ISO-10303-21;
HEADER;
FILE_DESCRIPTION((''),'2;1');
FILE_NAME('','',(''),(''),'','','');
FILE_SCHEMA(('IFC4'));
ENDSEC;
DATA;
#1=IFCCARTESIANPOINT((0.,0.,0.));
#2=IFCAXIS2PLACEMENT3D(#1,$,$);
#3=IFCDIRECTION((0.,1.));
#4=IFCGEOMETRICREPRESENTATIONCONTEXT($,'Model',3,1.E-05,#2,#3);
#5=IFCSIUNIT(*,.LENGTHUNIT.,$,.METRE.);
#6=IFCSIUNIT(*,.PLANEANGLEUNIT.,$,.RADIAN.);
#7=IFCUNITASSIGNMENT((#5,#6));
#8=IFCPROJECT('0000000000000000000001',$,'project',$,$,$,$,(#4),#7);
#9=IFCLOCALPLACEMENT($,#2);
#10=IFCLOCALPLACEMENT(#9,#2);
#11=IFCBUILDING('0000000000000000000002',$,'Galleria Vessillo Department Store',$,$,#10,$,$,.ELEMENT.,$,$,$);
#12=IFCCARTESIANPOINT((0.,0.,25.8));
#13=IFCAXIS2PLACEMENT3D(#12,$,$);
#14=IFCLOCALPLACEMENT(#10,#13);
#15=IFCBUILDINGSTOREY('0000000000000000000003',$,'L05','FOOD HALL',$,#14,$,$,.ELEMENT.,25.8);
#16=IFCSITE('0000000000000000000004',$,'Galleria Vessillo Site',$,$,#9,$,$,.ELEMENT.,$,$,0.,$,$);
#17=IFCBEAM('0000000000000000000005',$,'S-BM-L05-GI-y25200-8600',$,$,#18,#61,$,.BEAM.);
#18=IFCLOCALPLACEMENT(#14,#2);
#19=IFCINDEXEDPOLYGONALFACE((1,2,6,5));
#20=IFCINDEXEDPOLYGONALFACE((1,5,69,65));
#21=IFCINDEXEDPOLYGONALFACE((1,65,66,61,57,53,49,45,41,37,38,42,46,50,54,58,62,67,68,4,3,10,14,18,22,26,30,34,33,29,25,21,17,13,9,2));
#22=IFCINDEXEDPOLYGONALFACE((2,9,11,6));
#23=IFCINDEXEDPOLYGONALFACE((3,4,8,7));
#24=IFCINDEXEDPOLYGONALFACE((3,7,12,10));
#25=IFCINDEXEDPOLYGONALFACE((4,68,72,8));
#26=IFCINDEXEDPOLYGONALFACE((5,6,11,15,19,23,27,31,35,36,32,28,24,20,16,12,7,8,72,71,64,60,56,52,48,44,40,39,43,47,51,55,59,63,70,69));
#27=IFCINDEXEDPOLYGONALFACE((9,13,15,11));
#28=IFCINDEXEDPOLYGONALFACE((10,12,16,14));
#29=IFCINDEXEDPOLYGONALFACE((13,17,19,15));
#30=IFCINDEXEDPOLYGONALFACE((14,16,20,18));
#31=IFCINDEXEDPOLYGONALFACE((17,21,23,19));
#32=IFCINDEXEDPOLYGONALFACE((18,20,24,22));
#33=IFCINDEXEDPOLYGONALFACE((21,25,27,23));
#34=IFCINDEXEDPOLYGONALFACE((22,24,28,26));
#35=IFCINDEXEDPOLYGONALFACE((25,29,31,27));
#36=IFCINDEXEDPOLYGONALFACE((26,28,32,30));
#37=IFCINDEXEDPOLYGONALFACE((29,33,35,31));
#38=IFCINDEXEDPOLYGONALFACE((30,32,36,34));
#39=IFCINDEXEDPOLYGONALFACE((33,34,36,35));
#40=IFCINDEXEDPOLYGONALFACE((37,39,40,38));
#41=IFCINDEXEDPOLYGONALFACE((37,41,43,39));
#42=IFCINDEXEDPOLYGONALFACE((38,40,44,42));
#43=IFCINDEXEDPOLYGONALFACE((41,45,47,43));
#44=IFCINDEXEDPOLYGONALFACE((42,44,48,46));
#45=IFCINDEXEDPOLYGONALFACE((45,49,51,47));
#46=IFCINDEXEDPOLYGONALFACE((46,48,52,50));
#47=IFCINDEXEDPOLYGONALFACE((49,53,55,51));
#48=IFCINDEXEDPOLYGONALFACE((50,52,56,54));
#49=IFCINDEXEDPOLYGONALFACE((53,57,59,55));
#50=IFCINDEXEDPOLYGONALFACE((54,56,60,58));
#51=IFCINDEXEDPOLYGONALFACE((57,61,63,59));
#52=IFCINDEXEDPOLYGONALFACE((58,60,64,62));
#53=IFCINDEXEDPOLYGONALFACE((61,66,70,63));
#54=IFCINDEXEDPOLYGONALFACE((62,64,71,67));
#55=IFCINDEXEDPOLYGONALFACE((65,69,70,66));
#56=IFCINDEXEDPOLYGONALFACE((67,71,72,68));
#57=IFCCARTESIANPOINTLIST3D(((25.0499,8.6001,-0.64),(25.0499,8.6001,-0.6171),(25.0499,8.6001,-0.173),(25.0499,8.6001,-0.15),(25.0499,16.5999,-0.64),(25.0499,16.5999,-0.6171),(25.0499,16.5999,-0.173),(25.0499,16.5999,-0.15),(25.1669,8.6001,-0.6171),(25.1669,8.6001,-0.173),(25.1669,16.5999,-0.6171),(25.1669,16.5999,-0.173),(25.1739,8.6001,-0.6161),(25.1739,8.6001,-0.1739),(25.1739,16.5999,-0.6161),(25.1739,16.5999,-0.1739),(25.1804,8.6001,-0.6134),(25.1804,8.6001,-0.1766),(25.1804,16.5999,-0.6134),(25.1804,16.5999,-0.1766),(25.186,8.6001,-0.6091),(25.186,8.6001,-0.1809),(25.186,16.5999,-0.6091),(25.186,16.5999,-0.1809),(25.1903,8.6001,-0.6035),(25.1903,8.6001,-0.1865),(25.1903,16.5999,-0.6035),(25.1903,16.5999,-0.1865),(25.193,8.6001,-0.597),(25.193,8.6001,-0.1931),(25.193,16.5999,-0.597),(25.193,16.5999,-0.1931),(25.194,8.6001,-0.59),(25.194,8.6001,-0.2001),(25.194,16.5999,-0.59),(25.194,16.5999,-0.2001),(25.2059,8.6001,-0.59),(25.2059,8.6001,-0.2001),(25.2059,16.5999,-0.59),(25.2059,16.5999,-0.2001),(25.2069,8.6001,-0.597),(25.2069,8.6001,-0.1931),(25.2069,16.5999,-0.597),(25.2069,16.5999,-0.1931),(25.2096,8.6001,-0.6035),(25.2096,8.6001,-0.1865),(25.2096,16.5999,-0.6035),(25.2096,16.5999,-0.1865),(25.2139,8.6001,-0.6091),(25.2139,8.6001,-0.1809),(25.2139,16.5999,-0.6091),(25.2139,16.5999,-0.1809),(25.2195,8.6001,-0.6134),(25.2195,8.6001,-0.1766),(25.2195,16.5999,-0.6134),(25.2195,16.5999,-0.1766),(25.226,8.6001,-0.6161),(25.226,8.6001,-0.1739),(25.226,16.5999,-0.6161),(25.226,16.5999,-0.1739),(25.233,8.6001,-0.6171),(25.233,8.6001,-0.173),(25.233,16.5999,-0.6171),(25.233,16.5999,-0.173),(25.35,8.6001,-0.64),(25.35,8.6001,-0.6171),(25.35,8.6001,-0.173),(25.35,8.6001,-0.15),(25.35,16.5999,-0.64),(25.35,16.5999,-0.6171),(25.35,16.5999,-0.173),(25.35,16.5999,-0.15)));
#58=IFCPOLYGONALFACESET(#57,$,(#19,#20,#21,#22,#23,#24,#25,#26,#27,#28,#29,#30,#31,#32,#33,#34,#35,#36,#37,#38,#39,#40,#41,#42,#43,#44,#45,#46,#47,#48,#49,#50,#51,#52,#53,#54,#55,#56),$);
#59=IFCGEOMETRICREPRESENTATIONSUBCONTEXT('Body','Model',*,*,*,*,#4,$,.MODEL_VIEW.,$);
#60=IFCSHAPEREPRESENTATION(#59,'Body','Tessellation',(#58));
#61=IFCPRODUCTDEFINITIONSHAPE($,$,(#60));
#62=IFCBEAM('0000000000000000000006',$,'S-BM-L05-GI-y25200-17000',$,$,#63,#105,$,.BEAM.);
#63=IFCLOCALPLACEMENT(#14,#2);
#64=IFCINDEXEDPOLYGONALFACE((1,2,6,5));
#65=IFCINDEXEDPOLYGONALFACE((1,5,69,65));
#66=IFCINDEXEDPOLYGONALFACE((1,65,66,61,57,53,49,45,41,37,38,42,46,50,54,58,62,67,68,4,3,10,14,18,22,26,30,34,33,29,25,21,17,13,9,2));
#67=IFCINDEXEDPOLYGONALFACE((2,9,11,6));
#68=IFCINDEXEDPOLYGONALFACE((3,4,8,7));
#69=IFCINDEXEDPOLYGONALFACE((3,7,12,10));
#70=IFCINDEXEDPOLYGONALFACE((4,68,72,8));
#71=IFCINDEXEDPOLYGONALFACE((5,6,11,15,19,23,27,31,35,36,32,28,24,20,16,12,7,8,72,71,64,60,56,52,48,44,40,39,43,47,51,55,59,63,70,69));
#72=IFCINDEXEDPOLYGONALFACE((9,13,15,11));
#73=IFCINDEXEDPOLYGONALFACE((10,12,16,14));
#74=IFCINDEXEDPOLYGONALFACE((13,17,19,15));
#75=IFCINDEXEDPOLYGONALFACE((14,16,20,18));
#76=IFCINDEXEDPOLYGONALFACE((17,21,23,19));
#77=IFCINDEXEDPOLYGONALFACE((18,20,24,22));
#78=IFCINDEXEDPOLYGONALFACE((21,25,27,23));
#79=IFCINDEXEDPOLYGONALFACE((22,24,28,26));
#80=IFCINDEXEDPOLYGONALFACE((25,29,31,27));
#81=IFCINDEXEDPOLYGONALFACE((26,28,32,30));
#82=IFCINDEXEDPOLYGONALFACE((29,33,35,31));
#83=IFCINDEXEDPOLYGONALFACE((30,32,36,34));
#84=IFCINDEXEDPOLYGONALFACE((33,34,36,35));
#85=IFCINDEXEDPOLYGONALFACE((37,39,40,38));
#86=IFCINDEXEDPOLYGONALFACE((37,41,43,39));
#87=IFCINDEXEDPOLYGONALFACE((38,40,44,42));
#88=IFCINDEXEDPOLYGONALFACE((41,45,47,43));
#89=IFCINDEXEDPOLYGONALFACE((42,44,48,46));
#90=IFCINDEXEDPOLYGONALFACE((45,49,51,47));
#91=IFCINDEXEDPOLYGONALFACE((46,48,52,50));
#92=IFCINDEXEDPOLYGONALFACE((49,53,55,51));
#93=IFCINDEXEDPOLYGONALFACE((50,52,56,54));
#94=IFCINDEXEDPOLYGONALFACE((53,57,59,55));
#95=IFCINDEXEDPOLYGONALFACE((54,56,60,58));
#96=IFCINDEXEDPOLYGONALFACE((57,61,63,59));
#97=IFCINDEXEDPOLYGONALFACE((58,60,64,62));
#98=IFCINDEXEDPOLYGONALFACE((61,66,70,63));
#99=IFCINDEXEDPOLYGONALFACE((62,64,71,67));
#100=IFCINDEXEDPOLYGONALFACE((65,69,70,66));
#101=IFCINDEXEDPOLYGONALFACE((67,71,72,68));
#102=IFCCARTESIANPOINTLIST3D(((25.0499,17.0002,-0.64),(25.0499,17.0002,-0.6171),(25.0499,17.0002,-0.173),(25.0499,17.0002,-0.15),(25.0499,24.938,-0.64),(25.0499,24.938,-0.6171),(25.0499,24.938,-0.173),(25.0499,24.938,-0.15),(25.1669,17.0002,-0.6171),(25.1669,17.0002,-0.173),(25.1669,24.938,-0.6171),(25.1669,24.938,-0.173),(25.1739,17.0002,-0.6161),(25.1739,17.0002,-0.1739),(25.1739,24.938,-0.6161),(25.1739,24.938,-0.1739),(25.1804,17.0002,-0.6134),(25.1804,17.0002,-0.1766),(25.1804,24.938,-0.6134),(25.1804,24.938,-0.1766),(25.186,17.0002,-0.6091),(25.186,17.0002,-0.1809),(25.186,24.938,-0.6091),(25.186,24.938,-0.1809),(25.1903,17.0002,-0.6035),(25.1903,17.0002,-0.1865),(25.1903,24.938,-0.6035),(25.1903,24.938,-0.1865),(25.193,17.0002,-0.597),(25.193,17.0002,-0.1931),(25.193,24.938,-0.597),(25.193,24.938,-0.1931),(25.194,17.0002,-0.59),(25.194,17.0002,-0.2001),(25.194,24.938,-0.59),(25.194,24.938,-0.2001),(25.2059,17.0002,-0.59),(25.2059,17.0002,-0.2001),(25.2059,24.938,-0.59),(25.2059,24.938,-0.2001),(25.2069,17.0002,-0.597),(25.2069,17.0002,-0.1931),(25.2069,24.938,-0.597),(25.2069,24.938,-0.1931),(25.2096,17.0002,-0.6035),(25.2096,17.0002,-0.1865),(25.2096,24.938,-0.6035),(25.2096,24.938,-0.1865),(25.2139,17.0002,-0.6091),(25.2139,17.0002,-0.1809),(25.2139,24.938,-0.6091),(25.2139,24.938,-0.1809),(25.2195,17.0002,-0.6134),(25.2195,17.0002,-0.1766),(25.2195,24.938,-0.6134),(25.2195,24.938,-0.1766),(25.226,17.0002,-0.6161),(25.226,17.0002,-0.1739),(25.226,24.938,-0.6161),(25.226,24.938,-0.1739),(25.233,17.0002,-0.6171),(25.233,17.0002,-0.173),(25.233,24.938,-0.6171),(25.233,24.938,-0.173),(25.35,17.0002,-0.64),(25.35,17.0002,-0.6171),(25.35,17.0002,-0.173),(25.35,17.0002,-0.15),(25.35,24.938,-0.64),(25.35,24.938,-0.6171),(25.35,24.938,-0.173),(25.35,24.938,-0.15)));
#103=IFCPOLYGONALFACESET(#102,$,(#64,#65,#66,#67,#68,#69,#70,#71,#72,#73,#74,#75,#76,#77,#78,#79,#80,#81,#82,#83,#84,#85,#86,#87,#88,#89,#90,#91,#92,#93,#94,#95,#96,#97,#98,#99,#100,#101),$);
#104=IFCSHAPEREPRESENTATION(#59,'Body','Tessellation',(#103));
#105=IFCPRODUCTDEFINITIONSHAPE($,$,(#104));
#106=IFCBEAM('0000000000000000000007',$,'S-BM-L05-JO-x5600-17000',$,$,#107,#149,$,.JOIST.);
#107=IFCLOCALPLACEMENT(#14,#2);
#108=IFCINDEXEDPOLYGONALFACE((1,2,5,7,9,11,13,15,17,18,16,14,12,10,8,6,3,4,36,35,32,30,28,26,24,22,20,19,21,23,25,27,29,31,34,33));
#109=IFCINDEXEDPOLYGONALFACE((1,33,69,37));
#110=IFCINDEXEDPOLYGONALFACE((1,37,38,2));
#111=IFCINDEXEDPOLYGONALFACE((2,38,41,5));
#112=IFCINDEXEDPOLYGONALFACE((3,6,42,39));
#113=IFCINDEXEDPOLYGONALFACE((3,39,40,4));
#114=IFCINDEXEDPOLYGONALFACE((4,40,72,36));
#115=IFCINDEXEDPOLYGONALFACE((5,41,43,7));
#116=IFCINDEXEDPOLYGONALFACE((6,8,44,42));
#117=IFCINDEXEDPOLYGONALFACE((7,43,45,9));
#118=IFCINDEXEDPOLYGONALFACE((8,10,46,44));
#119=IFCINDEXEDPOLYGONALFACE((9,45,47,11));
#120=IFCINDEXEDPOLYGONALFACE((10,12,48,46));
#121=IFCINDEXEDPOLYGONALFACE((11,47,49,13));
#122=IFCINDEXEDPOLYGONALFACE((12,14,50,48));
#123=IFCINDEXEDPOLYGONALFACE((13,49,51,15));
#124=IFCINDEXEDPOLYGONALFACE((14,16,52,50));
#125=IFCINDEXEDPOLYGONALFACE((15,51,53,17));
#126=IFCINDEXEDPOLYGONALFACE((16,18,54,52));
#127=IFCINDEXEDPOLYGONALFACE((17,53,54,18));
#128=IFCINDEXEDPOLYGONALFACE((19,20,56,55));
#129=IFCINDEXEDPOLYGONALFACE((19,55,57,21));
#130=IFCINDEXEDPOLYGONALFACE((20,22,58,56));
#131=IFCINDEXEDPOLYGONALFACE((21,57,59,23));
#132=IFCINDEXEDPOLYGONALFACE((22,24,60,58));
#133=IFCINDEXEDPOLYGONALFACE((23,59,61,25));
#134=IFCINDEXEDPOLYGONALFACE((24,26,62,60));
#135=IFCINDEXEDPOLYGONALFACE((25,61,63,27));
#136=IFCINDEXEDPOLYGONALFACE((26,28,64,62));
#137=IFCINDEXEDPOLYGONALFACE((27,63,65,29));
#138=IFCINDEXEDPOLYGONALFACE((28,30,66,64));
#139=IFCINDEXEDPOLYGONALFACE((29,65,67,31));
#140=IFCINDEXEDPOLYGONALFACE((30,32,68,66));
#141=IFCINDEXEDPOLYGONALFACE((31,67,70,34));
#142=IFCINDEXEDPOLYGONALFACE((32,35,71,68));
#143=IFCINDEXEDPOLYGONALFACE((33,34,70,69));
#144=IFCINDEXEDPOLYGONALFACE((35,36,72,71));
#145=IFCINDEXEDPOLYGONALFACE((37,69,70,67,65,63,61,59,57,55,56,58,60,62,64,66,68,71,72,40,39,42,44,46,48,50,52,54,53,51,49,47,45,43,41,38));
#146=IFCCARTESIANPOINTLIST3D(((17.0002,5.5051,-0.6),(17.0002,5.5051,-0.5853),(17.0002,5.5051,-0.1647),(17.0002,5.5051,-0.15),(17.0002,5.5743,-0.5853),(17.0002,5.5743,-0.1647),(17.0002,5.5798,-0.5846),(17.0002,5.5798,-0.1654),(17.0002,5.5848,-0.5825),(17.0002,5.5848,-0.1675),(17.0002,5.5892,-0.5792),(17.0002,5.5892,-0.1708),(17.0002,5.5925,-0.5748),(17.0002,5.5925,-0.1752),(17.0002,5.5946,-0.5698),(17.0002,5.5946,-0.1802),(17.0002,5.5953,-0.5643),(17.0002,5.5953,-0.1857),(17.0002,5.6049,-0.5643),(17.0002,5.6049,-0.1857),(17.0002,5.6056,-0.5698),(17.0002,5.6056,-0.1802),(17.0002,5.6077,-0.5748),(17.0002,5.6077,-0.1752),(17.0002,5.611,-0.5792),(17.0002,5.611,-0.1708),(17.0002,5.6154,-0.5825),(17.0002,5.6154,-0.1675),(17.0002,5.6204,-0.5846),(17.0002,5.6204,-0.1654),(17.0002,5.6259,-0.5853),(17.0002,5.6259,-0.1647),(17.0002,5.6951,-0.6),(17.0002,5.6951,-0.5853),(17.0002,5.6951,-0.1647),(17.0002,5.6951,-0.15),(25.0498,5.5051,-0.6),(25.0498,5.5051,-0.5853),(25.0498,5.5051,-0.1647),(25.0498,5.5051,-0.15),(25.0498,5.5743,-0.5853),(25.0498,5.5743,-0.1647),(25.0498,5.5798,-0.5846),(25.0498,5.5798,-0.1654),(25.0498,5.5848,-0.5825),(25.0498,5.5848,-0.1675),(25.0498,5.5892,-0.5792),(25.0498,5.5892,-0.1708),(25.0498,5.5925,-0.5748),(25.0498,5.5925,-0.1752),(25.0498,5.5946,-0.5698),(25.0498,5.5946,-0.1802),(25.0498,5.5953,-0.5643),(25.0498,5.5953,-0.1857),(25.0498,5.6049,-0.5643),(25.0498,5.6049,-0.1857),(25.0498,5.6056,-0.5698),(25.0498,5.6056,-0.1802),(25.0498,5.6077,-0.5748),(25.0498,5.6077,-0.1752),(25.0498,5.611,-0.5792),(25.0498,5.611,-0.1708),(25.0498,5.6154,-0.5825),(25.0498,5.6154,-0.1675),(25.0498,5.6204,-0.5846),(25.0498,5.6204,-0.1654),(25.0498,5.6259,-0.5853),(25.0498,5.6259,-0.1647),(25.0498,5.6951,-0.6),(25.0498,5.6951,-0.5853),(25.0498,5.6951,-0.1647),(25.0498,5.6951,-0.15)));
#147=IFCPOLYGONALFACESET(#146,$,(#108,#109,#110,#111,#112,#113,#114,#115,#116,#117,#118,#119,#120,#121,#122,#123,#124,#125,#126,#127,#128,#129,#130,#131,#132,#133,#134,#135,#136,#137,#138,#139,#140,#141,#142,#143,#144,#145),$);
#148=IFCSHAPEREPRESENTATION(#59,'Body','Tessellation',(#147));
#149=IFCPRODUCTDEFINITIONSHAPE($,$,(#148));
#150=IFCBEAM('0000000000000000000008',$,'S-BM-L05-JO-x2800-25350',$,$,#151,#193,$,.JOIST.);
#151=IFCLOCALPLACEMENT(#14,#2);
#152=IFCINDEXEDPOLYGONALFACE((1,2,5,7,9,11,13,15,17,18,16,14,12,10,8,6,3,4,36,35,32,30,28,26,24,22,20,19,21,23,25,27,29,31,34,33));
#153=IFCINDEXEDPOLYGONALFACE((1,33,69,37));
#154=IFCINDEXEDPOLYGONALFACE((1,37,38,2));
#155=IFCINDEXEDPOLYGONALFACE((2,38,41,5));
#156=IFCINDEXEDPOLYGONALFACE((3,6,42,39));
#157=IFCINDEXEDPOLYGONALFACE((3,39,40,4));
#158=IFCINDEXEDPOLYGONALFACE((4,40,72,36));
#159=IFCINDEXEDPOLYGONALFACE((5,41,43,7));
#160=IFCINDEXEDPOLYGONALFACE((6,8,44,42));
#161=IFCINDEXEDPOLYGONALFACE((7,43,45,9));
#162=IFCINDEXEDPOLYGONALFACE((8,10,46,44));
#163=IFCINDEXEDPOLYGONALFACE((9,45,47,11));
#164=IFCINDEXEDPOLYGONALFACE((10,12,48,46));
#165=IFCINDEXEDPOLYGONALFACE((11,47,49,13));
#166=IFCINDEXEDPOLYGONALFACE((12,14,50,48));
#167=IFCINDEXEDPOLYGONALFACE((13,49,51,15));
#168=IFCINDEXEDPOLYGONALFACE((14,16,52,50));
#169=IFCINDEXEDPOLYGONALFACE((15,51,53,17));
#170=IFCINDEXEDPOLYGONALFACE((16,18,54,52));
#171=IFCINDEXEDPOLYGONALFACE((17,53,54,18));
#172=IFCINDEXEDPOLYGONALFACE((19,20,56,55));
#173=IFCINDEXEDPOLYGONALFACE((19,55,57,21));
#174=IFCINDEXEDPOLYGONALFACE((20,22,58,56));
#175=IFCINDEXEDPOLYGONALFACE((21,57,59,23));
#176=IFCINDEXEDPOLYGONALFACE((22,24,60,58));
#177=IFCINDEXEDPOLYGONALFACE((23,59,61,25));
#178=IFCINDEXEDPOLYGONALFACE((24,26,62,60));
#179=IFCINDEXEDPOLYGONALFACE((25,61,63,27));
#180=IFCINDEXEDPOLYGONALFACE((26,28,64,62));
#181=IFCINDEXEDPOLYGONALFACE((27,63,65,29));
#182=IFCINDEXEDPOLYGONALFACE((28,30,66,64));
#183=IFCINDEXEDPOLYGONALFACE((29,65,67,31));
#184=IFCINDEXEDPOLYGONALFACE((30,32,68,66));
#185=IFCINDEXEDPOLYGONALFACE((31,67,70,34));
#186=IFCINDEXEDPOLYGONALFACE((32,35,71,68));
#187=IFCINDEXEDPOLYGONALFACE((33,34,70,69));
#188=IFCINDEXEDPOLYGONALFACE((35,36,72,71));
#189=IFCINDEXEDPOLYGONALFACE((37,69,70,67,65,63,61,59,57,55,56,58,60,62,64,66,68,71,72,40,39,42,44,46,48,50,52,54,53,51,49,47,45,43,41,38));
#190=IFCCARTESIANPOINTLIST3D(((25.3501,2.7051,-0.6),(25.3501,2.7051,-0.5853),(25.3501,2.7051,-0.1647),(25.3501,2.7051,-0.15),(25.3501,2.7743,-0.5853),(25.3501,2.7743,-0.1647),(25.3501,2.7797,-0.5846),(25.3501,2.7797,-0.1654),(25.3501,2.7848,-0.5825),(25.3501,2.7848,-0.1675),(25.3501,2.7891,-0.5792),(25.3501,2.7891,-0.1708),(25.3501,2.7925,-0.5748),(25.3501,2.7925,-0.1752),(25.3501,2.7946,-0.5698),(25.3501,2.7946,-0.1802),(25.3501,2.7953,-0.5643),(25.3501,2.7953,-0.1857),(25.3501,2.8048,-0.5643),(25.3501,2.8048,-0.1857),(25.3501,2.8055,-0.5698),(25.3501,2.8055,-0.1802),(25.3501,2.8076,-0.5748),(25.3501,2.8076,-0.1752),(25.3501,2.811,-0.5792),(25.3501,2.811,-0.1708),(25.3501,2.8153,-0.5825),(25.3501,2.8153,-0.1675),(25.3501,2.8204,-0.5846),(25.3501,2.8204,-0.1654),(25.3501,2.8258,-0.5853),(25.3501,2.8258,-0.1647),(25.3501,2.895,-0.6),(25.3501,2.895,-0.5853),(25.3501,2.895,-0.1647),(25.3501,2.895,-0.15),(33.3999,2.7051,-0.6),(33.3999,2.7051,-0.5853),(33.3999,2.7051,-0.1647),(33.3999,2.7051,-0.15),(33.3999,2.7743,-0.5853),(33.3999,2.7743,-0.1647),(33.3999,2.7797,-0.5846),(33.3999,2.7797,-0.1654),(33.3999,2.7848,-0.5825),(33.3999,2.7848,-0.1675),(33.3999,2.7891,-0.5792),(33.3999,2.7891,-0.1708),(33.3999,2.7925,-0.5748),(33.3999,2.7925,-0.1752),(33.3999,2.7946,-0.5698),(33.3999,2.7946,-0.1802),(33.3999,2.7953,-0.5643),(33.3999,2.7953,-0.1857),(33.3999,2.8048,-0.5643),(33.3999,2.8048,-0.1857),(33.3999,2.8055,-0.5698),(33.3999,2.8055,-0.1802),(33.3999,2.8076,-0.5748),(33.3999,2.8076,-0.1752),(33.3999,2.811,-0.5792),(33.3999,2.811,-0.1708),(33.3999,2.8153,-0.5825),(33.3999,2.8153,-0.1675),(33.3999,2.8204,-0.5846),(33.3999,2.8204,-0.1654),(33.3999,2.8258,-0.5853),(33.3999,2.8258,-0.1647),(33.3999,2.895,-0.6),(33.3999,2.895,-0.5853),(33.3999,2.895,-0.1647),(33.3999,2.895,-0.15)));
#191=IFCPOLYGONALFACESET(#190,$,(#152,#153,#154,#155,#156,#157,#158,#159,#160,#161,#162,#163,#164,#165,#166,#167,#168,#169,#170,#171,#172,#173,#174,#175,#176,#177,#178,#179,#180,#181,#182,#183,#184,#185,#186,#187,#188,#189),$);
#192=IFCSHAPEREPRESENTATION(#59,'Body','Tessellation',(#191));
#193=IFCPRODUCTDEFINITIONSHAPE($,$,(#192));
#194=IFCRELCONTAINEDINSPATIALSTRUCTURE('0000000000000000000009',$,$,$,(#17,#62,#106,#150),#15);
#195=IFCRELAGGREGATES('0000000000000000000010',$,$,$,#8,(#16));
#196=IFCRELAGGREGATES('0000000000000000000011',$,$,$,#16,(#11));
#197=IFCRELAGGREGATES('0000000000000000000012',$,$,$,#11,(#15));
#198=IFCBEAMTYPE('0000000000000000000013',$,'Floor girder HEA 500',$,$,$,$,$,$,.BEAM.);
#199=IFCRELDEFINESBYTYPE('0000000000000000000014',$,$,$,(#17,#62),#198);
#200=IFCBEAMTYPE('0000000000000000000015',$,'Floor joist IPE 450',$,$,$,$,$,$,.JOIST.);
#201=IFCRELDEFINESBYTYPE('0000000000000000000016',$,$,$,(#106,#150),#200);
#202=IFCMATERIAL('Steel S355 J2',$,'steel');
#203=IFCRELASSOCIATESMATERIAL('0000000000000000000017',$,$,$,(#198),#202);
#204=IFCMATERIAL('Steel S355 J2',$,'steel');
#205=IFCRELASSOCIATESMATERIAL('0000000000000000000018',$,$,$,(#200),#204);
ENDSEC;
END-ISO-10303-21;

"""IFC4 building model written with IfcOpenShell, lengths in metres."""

from ifc_helpers import new_model, si_unit, direction, frame, origin, origin_2d, place, context, subcontext, project, spatial, i_section, extrude, material, material_profile, profile_set, type_object, element, save


model = new_model("IFC4")

# Units and contexts
model_context = context("Model", 3, precision=1e-05, world=origin(), true_north=direction((0.0, 1.0)))
body_context = subcontext(model_context, "Body", "Model", "MODEL_VIEW")
ifc_project = project(units=[si_unit("LENGTHUNIT", "METRE"), si_unit("PLANEANGLEUNIT", "RADIAN")], contexts=[model_context])

# Site, building, storey
site_placement = place(None, origin())
site = spatial("IfcSite", under=ifc_project, at=site_placement, Name="Galleria Vessillo Site", CompositionType="ELEMENT", RefElevation=0.0)
building_placement = place(site_placement, origin())
building = spatial("IfcBuilding", under=site, at=building_placement, Name="Galleria Vessillo Department Store", CompositionType="ELEMENT")
storey_placement = place(building_placement, frame((0.0, 0.0, 25.8)))
storey = spatial("IfcBuildingStorey", under=building, at=storey_placement, Name="L05", Description="FOOD HALL", CompositionType="ELEMENT", Elevation=25.8)

# Beams
ifc_material_1 = material(Name="Steel S355 J2", Category="steel")
ifc_material_profile_1 = material_profile(ifc_material_1, i_section(OverallWidth=0.3, OverallDepth=0.49, WebThickness=0.012, FlangeThickness=0.0229, FilletRadius=0.0271, at=origin_2d()), Name="HEA 500")
ifc_profile_set_1 = profile_set([ifc_material_profile_1], Name="Steel S355 J2")
beam_type_1 = type_object("IfcBeamType", Name="Floor girder HEA 500", PredefinedType="BEAM", material=ifc_profile_set_1)
for number, where, z_axis, x_axis, name in (
    (1, (25.2, 8.6001, -0.395), (0.0, 1.0, 0.0), (-1.0, 0.0, 0.0), "S-BM-L05-GI-y25200-8600"),
):
    element("IfcBeam", number, at=place(storey_placement, frame(where, z_axis=z_axis, x_axis=x_axis)), inside=storey, type_object=beam_type_1, Name=name, PredefinedType="BEAM", context=body_context, shape_type="SweptSolid", body=[
        extrude(i_section(OverallWidth=0.3, OverallDepth=0.49, WebThickness=0.012, FlangeThickness=0.0229, FilletRadius=0.0271, at=origin_2d()), origin(), (0.0, 0.0, 1.0), 7.9998),
    ])
beam_1_placement = place(storey_placement, frame((25.2, 17.0002, -0.395), z_axis=(0.0, 1.0, 0.0), x_axis=(-1.0, 0.0, 0.0)))
element("IfcBeam", 2, at=beam_1_placement, inside=storey, type_object=beam_type_1, Name="S-BM-L05-GI-y25200-17000", PredefinedType="BEAM", context=body_context, shape_type="SweptSolid", body=[
    extrude(i_section(OverallWidth=0.3, OverallDepth=0.49, WebThickness=0.012, FlangeThickness=0.0229, FilletRadius=0.0271, at=origin_2d()), origin(), (0.0, 0.0, 1.0), 7.9377),
])
ifc_material_2 = material(Name="Steel S355 J2", Category="steel")
ifc_material_profile_2 = material_profile(ifc_material_2, i_section(OverallWidth=0.1899, OverallDepth=0.45, WebThickness=0.0095, FlangeThickness=0.0146, FilletRadius=0.021, at=origin_2d()), Name="IPE 450")
ifc_profile_set_2 = profile_set([ifc_material_profile_2], Name="Steel S355 J2")
beam_type_2 = type_object("IfcBeamType", Name="Floor joist IPE 450", PredefinedType="JOIST", material=ifc_profile_set_2)
beam_2_placement = place(storey_placement, frame((17.0002, 5.6001, -0.375), z_axis=(1.0, 0.0, 0.0), x_axis=(0.0, 1.0, 0.0)))
element("IfcBeam", 3, at=beam_2_placement, inside=storey, type_object=beam_type_2, Name="S-BM-L05-JO-x5600-17000", PredefinedType="JOIST", context=body_context, shape_type="SweptSolid", body=[
    extrude(i_section(OverallWidth=0.1899, OverallDepth=0.45, WebThickness=0.0095, FlangeThickness=0.0146, FilletRadius=0.021, at=origin_2d()), origin(), (0.0, 0.0, 1.0), 8.0496),
])
for number, where, z_axis, x_axis, name in (
    (4, (25.3501, 2.8, -0.375), (1.0, 0.0, 0.0), (0.0, 1.0, 0.0), "S-BM-L05-JO-x2800-25350"),
):
    element("IfcBeam", number, at=place(storey_placement, frame(where, z_axis=z_axis, x_axis=x_axis)), inside=storey, type_object=beam_type_2, Name=name, PredefinedType="JOIST", context=body_context, shape_type="SweptSolid", body=[
        extrude(i_section(OverallWidth=0.1899, OverallDepth=0.45, WebThickness=0.0095, FlangeThickness=0.0146, FilletRadius=0.021, at=origin_2d()), origin(), (0.0, 0.0, 1.0), 8.0498),
    ])

save(model, "model.ifc")
